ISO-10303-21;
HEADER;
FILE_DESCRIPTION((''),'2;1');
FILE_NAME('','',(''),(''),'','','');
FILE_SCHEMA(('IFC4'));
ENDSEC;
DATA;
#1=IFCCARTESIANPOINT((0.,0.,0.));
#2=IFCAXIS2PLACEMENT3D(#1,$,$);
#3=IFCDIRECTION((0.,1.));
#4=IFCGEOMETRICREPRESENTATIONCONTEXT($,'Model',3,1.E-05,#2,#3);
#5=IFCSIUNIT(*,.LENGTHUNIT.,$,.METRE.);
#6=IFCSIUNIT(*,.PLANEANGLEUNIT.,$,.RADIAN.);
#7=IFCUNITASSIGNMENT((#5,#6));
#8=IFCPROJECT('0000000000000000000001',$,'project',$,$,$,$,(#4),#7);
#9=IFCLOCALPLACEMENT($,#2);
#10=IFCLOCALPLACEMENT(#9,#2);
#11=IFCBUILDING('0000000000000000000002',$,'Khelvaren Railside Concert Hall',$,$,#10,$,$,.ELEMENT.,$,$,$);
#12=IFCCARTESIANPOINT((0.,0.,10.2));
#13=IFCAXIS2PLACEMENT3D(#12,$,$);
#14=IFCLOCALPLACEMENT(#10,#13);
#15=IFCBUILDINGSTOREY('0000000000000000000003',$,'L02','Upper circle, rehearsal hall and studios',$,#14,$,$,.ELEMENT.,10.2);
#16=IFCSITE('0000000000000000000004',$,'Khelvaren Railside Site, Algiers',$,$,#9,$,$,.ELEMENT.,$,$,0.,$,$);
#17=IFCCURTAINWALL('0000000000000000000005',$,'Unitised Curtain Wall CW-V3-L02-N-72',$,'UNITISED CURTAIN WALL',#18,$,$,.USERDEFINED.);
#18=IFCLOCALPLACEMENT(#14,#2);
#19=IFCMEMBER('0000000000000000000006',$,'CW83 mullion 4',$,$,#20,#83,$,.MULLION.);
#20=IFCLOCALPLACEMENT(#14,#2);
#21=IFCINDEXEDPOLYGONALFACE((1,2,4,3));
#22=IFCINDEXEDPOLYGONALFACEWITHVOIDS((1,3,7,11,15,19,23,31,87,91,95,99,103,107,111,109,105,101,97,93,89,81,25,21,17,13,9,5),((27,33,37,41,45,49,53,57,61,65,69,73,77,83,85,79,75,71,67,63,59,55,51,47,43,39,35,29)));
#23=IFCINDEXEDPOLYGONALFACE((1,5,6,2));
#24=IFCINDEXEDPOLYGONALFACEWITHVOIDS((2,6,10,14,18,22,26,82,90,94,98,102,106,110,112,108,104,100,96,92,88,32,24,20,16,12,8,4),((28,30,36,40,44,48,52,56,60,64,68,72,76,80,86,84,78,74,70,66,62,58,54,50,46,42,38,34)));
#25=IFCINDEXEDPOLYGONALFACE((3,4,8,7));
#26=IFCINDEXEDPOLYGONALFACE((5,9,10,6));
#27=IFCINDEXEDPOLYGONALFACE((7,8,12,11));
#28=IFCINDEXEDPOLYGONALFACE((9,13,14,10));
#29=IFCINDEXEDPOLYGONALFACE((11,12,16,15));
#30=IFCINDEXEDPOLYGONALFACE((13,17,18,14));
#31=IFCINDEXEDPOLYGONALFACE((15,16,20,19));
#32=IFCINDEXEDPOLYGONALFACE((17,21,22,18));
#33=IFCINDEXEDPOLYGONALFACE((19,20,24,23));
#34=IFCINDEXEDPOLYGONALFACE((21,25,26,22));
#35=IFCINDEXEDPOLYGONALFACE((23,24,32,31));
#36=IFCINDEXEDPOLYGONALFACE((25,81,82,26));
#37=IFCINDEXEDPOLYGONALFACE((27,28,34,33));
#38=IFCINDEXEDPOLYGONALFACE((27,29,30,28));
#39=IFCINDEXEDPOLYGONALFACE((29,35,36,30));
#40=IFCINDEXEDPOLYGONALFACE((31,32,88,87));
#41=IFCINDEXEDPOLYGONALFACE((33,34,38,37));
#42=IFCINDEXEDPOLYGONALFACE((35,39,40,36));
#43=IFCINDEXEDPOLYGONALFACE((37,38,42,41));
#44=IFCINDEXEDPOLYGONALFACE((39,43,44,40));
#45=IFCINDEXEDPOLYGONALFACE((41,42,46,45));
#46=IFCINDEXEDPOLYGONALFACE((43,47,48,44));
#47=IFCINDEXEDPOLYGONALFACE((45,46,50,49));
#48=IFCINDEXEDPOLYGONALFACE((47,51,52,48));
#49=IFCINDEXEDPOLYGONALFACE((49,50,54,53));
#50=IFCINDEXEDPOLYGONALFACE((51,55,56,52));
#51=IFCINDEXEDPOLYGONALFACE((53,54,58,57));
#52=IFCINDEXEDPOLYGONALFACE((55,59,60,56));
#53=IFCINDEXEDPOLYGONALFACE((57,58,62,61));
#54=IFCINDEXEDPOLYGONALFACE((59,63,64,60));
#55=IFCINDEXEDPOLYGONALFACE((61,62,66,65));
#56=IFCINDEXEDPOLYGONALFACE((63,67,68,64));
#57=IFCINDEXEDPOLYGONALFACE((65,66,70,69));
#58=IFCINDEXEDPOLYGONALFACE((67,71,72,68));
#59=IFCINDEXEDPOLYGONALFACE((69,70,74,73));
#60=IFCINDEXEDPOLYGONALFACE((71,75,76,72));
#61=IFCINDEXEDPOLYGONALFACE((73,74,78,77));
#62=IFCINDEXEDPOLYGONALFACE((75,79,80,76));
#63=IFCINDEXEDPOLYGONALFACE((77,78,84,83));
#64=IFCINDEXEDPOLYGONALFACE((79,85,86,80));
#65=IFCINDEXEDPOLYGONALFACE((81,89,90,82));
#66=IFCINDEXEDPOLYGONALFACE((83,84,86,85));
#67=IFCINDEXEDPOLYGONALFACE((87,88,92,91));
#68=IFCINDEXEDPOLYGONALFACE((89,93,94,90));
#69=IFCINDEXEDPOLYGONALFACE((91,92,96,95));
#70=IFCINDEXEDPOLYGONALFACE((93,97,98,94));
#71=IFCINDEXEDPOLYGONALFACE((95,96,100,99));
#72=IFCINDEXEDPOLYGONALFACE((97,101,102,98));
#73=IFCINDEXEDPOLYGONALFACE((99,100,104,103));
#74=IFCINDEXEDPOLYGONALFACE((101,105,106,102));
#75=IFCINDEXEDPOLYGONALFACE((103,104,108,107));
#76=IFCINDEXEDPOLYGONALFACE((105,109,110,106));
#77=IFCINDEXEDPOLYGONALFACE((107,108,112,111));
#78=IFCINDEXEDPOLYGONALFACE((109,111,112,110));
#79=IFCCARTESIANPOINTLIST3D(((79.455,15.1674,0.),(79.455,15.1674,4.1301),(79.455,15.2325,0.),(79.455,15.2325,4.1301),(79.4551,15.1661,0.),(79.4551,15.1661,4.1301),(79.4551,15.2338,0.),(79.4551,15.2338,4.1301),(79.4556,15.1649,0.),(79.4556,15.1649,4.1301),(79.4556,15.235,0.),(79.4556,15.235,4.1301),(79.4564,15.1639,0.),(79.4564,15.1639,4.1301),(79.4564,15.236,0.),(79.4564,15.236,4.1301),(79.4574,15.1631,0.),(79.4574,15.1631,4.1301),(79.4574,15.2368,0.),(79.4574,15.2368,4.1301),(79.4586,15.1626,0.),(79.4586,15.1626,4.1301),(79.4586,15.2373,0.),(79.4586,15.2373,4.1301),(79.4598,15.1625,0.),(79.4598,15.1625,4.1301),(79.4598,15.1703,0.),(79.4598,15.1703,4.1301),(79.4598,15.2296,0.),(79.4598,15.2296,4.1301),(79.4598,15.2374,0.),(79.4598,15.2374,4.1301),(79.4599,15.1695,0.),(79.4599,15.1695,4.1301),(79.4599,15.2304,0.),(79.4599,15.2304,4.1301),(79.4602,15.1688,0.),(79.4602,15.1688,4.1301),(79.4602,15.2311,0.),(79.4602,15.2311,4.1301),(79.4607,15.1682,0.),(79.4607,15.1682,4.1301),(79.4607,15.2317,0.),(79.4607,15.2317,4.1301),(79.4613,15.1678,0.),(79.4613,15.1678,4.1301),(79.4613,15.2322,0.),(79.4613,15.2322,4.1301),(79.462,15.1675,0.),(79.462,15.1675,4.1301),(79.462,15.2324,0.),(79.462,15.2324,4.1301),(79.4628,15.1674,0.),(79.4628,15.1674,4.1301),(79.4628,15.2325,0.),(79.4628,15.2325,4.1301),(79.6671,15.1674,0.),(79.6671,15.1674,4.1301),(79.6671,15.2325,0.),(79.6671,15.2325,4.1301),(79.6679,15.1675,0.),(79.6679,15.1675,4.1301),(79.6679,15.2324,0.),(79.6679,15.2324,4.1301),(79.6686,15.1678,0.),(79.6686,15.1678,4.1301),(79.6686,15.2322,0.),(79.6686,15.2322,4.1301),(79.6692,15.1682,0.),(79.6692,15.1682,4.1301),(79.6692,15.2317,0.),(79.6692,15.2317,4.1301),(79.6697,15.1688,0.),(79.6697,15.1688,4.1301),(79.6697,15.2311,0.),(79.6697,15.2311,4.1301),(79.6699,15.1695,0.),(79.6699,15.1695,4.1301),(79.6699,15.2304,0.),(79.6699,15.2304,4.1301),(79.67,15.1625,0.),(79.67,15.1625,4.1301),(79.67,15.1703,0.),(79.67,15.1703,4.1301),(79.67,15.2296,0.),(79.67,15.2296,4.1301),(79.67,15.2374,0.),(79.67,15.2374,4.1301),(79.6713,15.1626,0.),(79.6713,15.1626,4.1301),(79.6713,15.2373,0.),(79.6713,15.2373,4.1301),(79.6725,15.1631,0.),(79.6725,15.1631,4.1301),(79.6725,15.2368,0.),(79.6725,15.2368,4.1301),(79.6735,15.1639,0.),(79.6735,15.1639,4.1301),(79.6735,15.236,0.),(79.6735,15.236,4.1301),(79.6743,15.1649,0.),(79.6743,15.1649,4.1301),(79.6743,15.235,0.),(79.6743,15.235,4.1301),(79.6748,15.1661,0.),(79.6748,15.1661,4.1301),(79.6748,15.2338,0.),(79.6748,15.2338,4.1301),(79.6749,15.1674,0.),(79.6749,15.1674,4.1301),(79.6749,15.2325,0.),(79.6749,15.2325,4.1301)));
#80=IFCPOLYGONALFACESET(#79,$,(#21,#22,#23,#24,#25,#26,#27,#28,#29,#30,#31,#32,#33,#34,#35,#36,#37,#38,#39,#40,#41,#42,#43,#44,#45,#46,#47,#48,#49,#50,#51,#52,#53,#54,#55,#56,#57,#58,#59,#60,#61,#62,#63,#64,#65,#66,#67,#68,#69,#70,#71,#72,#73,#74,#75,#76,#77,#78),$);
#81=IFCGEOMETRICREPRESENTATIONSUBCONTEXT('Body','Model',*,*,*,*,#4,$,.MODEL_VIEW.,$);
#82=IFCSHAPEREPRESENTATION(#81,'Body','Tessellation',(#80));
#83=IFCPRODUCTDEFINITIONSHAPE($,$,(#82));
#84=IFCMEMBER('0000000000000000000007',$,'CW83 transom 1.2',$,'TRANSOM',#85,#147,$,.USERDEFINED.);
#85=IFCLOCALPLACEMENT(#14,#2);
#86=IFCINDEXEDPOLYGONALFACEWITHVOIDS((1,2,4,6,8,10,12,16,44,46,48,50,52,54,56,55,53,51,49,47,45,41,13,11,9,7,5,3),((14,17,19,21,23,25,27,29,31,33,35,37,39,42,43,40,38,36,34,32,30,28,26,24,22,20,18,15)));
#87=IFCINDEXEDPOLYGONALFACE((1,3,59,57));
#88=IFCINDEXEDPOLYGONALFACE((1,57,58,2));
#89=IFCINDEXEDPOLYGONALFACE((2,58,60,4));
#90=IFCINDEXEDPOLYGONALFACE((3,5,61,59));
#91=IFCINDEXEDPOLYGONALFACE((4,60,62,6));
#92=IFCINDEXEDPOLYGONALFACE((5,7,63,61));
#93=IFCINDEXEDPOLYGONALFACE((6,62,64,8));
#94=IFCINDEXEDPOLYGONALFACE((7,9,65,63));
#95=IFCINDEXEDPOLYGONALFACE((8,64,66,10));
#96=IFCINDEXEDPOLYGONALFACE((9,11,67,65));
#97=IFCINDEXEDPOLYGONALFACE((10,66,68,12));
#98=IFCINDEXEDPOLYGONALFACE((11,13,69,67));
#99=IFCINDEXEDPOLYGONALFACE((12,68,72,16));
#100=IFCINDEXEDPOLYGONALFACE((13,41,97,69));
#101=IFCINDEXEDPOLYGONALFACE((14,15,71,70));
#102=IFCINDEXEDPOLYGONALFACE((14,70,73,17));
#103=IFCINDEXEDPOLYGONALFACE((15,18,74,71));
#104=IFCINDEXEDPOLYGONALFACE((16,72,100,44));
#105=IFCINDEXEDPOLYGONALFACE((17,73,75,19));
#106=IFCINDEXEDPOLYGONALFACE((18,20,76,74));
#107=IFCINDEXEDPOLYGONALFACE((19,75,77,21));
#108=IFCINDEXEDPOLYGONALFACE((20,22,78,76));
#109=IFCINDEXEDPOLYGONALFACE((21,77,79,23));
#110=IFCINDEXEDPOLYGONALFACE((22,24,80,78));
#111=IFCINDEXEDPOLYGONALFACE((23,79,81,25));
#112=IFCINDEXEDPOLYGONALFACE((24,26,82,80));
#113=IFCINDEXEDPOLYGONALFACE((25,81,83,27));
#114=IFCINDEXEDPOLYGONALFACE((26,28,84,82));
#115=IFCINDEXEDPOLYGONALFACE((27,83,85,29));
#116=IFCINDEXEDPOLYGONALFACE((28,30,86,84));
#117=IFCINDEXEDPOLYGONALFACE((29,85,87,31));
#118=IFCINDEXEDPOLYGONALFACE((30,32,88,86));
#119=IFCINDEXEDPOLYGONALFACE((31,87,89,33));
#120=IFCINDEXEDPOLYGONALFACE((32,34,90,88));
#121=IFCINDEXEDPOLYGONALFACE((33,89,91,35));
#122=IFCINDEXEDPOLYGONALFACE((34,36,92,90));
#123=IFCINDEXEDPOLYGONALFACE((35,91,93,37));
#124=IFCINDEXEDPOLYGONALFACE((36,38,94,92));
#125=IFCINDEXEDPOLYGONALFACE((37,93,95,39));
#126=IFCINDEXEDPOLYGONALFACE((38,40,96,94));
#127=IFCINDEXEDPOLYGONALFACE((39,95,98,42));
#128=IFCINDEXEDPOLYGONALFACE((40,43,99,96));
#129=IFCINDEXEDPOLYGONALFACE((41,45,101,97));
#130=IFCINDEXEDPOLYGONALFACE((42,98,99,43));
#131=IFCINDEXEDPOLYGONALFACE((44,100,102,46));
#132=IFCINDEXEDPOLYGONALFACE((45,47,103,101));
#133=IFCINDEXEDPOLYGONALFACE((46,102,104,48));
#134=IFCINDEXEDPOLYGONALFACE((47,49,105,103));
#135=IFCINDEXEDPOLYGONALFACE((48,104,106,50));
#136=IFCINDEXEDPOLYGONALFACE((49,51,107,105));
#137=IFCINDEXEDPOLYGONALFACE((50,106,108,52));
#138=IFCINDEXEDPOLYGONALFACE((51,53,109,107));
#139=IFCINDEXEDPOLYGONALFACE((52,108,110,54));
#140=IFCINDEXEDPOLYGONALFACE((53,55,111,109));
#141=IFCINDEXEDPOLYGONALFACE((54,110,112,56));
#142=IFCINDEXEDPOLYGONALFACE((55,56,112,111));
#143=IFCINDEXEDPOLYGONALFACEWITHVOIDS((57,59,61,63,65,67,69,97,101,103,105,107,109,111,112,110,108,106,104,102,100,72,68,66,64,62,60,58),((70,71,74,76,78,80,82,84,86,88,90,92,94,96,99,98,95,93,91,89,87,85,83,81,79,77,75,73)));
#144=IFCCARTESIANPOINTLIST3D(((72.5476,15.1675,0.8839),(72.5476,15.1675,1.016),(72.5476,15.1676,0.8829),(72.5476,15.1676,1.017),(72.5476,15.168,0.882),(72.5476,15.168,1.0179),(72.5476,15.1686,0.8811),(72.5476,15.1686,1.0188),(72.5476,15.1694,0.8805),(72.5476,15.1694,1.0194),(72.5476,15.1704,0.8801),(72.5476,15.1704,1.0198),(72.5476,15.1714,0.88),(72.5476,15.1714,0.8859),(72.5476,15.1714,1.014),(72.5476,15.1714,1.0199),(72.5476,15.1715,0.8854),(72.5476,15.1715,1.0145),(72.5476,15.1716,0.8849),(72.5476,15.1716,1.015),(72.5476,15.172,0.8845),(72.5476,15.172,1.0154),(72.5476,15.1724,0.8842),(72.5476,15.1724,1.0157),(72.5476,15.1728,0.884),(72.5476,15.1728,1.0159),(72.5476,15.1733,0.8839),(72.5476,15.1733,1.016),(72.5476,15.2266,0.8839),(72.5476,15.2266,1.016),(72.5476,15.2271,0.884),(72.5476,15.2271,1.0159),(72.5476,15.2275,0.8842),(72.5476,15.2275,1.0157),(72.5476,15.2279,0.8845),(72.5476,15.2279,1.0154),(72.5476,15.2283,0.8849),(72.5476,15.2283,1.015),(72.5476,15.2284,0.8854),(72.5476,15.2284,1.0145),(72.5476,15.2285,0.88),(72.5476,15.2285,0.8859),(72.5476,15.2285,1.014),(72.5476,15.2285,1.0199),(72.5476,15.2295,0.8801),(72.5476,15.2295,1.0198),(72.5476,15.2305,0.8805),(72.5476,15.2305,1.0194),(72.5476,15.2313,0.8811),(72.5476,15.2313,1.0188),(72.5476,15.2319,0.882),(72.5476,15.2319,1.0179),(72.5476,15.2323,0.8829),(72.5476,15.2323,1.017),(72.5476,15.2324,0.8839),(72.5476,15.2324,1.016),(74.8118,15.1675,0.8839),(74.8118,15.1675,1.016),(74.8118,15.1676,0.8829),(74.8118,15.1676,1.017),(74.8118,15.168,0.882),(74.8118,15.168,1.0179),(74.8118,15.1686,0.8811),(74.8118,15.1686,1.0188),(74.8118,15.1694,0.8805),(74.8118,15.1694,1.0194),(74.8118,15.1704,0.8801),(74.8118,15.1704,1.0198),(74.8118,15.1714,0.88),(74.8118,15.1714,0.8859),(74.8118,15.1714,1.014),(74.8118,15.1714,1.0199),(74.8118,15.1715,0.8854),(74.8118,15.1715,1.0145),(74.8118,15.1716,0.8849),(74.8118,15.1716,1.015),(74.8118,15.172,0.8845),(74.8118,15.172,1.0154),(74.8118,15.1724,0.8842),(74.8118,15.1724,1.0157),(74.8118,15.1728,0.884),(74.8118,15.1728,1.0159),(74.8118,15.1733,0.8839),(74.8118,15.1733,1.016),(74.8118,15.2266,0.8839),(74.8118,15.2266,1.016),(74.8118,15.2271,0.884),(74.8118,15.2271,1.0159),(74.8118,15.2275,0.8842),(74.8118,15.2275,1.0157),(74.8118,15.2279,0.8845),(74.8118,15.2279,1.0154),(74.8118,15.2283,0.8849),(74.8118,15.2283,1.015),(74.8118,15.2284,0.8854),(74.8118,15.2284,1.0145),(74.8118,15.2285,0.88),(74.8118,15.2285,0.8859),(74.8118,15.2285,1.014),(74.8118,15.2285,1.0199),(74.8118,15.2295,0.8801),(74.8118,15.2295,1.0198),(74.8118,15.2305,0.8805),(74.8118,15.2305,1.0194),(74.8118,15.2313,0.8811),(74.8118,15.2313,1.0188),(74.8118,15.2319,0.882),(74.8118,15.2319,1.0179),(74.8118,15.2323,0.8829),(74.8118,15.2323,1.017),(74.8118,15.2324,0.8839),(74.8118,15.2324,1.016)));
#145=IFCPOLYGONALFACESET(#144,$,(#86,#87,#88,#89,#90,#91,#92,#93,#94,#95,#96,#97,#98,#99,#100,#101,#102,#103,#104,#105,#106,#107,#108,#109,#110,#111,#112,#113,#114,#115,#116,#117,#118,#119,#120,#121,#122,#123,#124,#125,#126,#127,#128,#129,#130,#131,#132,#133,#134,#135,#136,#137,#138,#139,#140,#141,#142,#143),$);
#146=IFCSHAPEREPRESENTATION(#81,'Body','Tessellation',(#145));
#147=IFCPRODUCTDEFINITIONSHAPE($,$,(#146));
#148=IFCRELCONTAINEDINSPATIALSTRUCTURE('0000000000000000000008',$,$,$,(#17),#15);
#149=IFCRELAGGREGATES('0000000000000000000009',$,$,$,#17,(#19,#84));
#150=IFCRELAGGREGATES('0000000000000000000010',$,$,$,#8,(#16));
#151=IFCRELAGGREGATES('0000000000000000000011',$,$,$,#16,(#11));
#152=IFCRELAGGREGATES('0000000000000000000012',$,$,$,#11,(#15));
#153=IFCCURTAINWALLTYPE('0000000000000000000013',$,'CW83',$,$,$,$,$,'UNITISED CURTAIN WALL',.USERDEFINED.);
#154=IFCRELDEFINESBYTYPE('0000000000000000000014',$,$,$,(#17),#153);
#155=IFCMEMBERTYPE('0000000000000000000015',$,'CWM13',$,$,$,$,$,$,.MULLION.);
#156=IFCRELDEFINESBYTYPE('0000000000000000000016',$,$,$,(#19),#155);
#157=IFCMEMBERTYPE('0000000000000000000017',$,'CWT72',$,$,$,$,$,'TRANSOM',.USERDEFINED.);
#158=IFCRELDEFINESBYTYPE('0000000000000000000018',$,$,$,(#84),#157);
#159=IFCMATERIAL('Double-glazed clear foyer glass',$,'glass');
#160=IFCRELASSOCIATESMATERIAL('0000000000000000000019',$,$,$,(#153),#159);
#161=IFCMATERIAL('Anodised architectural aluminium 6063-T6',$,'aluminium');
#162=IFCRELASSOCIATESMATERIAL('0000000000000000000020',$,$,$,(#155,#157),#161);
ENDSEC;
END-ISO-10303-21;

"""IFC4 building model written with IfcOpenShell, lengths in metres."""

from ifc_helpers import new_model, si_unit, direction, frame, origin, origin_2d, place, context, subcontext, project, spatial, hollow_rectangle, extrude, material, material_profile, profile_set, type_object, element, aggregate, save


model = new_model("IFC4")

# Units and contexts
model_context = context("Model", 3, precision=1e-05, world=origin(), true_north=direction((0.0, 1.0)))
body_context = subcontext(model_context, "Body", "Model", "MODEL_VIEW")
ifc_project = project(units=[si_unit("LENGTHUNIT", "METRE"), si_unit("PLANEANGLEUNIT", "RADIAN")], contexts=[model_context])

# Site, building, storey
site_placement = place(None, origin())
site = spatial("IfcSite", under=ifc_project, at=site_placement, Name="Khelvaren Railside Site, Algiers", CompositionType="ELEMENT", RefElevation=0.0)
building_placement = place(site_placement, origin())
building = spatial("IfcBuilding", under=site, at=building_placement, Name="Khelvaren Railside Concert Hall", CompositionType="ELEMENT")
storey_placement = place(building_placement, frame((0.0, 0.0, 10.2)))
storey = spatial("IfcBuildingStorey", under=building, at=storey_placement, Name="L02", Description="Upper circle, rehearsal hall and studios", CompositionType="ELEMENT", Elevation=10.2)

# Curtain wall, members
ifc_material_1 = material(Name="Double-glazed clear foyer glass", Category="glass")
curtain_wall_type = type_object("IfcCurtainWallType", Name="CW83", ElementType="UNITISED CURTAIN WALL", PredefinedType="USERDEFINED", material=ifc_material_1)
curtain_wall_placement = place(storey_placement, origin())
curtain_wall = element("IfcCurtainWall", 1, at=curtain_wall_placement, inside=storey, type_object=curtain_wall_type, Name="Unitised Curtain Wall CW-V3-L02-N-72", ObjectType="UNITISED CURTAIN WALL", PredefinedType="USERDEFINED")
ifc_material_2 = material(Name="Anodised architectural aluminium 6063-T6", Category="aluminium")
ifc_material_profile_1 = material_profile(ifc_material_2, hollow_rectangle(XDim=0.075, YDim=0.22, WallThickness=0.0049, InnerFilletRadius=0.0029, OuterFilletRadius=0.0049, at=origin_2d()), Name="CWM 75x220x5")
ifc_profile_set_1 = profile_set([ifc_material_profile_1], Name="Anodised architectural aluminium 6063-T6")
member_type_1 = type_object("IfcMemberType", Name="CWM13", PredefinedType="MULLION", material=ifc_profile_set_1)
member_1_placement = place(storey_placement, frame((79.5649, 15.2, 0.0), z_axis=(0.0, 0.0, 1.0), x_axis=(0.0, 1.0, 0.0)))
member_1 = element("IfcMember", 2, at=member_1_placement, type_object=member_type_1, Name="CW83 mullion 4", PredefinedType="MULLION", context=body_context, shape_type="SweptSolid", body=[
    extrude(hollow_rectangle(XDim=0.075, YDim=0.22, WallThickness=0.0049, InnerFilletRadius=0.0029, OuterFilletRadius=0.0049, at=origin_2d()), origin(), (0.0, 0.0, 1.0), 4.1301),
])
ifc_material_profile_2 = material_profile(ifc_material_2, hollow_rectangle(XDim=0.0649, YDim=0.1399, WallThickness=0.0039, InnerFilletRadius=0.002, OuterFilletRadius=0.0039, at=origin_2d()), Name="CWT 65x140x4")
ifc_profile_set_2 = profile_set([ifc_material_profile_2], Name="Anodised architectural aluminium 6063-T6")
member_type_2 = type_object("IfcMemberType", Name="CWT72", ElementType="TRANSOM", PredefinedType="USERDEFINED", material=ifc_profile_set_2)
member_2_placement = place(storey_placement, frame((72.5476, 15.2, 0.95), z_axis=(1.0, 0.0, 0.0), x_axis=(0.0, 1.0, 0.0)))
member_2 = element("IfcMember", 3, at=member_2_placement, type_object=member_type_2, Name="CW83 transom 1.2", ObjectType="TRANSOM", PredefinedType="USERDEFINED", context=body_context, shape_type="SweptSolid", body=[
    extrude(hollow_rectangle(XDim=0.0649, YDim=0.1399, WallThickness=0.0039, InnerFilletRadius=0.002, OuterFilletRadius=0.0039, at=origin_2d()), origin(), (0.0, 0.0, 1.0), 2.2642),
])

aggregate(curtain_wall, [member_1, member_2])

save(model, "model.ifc")
